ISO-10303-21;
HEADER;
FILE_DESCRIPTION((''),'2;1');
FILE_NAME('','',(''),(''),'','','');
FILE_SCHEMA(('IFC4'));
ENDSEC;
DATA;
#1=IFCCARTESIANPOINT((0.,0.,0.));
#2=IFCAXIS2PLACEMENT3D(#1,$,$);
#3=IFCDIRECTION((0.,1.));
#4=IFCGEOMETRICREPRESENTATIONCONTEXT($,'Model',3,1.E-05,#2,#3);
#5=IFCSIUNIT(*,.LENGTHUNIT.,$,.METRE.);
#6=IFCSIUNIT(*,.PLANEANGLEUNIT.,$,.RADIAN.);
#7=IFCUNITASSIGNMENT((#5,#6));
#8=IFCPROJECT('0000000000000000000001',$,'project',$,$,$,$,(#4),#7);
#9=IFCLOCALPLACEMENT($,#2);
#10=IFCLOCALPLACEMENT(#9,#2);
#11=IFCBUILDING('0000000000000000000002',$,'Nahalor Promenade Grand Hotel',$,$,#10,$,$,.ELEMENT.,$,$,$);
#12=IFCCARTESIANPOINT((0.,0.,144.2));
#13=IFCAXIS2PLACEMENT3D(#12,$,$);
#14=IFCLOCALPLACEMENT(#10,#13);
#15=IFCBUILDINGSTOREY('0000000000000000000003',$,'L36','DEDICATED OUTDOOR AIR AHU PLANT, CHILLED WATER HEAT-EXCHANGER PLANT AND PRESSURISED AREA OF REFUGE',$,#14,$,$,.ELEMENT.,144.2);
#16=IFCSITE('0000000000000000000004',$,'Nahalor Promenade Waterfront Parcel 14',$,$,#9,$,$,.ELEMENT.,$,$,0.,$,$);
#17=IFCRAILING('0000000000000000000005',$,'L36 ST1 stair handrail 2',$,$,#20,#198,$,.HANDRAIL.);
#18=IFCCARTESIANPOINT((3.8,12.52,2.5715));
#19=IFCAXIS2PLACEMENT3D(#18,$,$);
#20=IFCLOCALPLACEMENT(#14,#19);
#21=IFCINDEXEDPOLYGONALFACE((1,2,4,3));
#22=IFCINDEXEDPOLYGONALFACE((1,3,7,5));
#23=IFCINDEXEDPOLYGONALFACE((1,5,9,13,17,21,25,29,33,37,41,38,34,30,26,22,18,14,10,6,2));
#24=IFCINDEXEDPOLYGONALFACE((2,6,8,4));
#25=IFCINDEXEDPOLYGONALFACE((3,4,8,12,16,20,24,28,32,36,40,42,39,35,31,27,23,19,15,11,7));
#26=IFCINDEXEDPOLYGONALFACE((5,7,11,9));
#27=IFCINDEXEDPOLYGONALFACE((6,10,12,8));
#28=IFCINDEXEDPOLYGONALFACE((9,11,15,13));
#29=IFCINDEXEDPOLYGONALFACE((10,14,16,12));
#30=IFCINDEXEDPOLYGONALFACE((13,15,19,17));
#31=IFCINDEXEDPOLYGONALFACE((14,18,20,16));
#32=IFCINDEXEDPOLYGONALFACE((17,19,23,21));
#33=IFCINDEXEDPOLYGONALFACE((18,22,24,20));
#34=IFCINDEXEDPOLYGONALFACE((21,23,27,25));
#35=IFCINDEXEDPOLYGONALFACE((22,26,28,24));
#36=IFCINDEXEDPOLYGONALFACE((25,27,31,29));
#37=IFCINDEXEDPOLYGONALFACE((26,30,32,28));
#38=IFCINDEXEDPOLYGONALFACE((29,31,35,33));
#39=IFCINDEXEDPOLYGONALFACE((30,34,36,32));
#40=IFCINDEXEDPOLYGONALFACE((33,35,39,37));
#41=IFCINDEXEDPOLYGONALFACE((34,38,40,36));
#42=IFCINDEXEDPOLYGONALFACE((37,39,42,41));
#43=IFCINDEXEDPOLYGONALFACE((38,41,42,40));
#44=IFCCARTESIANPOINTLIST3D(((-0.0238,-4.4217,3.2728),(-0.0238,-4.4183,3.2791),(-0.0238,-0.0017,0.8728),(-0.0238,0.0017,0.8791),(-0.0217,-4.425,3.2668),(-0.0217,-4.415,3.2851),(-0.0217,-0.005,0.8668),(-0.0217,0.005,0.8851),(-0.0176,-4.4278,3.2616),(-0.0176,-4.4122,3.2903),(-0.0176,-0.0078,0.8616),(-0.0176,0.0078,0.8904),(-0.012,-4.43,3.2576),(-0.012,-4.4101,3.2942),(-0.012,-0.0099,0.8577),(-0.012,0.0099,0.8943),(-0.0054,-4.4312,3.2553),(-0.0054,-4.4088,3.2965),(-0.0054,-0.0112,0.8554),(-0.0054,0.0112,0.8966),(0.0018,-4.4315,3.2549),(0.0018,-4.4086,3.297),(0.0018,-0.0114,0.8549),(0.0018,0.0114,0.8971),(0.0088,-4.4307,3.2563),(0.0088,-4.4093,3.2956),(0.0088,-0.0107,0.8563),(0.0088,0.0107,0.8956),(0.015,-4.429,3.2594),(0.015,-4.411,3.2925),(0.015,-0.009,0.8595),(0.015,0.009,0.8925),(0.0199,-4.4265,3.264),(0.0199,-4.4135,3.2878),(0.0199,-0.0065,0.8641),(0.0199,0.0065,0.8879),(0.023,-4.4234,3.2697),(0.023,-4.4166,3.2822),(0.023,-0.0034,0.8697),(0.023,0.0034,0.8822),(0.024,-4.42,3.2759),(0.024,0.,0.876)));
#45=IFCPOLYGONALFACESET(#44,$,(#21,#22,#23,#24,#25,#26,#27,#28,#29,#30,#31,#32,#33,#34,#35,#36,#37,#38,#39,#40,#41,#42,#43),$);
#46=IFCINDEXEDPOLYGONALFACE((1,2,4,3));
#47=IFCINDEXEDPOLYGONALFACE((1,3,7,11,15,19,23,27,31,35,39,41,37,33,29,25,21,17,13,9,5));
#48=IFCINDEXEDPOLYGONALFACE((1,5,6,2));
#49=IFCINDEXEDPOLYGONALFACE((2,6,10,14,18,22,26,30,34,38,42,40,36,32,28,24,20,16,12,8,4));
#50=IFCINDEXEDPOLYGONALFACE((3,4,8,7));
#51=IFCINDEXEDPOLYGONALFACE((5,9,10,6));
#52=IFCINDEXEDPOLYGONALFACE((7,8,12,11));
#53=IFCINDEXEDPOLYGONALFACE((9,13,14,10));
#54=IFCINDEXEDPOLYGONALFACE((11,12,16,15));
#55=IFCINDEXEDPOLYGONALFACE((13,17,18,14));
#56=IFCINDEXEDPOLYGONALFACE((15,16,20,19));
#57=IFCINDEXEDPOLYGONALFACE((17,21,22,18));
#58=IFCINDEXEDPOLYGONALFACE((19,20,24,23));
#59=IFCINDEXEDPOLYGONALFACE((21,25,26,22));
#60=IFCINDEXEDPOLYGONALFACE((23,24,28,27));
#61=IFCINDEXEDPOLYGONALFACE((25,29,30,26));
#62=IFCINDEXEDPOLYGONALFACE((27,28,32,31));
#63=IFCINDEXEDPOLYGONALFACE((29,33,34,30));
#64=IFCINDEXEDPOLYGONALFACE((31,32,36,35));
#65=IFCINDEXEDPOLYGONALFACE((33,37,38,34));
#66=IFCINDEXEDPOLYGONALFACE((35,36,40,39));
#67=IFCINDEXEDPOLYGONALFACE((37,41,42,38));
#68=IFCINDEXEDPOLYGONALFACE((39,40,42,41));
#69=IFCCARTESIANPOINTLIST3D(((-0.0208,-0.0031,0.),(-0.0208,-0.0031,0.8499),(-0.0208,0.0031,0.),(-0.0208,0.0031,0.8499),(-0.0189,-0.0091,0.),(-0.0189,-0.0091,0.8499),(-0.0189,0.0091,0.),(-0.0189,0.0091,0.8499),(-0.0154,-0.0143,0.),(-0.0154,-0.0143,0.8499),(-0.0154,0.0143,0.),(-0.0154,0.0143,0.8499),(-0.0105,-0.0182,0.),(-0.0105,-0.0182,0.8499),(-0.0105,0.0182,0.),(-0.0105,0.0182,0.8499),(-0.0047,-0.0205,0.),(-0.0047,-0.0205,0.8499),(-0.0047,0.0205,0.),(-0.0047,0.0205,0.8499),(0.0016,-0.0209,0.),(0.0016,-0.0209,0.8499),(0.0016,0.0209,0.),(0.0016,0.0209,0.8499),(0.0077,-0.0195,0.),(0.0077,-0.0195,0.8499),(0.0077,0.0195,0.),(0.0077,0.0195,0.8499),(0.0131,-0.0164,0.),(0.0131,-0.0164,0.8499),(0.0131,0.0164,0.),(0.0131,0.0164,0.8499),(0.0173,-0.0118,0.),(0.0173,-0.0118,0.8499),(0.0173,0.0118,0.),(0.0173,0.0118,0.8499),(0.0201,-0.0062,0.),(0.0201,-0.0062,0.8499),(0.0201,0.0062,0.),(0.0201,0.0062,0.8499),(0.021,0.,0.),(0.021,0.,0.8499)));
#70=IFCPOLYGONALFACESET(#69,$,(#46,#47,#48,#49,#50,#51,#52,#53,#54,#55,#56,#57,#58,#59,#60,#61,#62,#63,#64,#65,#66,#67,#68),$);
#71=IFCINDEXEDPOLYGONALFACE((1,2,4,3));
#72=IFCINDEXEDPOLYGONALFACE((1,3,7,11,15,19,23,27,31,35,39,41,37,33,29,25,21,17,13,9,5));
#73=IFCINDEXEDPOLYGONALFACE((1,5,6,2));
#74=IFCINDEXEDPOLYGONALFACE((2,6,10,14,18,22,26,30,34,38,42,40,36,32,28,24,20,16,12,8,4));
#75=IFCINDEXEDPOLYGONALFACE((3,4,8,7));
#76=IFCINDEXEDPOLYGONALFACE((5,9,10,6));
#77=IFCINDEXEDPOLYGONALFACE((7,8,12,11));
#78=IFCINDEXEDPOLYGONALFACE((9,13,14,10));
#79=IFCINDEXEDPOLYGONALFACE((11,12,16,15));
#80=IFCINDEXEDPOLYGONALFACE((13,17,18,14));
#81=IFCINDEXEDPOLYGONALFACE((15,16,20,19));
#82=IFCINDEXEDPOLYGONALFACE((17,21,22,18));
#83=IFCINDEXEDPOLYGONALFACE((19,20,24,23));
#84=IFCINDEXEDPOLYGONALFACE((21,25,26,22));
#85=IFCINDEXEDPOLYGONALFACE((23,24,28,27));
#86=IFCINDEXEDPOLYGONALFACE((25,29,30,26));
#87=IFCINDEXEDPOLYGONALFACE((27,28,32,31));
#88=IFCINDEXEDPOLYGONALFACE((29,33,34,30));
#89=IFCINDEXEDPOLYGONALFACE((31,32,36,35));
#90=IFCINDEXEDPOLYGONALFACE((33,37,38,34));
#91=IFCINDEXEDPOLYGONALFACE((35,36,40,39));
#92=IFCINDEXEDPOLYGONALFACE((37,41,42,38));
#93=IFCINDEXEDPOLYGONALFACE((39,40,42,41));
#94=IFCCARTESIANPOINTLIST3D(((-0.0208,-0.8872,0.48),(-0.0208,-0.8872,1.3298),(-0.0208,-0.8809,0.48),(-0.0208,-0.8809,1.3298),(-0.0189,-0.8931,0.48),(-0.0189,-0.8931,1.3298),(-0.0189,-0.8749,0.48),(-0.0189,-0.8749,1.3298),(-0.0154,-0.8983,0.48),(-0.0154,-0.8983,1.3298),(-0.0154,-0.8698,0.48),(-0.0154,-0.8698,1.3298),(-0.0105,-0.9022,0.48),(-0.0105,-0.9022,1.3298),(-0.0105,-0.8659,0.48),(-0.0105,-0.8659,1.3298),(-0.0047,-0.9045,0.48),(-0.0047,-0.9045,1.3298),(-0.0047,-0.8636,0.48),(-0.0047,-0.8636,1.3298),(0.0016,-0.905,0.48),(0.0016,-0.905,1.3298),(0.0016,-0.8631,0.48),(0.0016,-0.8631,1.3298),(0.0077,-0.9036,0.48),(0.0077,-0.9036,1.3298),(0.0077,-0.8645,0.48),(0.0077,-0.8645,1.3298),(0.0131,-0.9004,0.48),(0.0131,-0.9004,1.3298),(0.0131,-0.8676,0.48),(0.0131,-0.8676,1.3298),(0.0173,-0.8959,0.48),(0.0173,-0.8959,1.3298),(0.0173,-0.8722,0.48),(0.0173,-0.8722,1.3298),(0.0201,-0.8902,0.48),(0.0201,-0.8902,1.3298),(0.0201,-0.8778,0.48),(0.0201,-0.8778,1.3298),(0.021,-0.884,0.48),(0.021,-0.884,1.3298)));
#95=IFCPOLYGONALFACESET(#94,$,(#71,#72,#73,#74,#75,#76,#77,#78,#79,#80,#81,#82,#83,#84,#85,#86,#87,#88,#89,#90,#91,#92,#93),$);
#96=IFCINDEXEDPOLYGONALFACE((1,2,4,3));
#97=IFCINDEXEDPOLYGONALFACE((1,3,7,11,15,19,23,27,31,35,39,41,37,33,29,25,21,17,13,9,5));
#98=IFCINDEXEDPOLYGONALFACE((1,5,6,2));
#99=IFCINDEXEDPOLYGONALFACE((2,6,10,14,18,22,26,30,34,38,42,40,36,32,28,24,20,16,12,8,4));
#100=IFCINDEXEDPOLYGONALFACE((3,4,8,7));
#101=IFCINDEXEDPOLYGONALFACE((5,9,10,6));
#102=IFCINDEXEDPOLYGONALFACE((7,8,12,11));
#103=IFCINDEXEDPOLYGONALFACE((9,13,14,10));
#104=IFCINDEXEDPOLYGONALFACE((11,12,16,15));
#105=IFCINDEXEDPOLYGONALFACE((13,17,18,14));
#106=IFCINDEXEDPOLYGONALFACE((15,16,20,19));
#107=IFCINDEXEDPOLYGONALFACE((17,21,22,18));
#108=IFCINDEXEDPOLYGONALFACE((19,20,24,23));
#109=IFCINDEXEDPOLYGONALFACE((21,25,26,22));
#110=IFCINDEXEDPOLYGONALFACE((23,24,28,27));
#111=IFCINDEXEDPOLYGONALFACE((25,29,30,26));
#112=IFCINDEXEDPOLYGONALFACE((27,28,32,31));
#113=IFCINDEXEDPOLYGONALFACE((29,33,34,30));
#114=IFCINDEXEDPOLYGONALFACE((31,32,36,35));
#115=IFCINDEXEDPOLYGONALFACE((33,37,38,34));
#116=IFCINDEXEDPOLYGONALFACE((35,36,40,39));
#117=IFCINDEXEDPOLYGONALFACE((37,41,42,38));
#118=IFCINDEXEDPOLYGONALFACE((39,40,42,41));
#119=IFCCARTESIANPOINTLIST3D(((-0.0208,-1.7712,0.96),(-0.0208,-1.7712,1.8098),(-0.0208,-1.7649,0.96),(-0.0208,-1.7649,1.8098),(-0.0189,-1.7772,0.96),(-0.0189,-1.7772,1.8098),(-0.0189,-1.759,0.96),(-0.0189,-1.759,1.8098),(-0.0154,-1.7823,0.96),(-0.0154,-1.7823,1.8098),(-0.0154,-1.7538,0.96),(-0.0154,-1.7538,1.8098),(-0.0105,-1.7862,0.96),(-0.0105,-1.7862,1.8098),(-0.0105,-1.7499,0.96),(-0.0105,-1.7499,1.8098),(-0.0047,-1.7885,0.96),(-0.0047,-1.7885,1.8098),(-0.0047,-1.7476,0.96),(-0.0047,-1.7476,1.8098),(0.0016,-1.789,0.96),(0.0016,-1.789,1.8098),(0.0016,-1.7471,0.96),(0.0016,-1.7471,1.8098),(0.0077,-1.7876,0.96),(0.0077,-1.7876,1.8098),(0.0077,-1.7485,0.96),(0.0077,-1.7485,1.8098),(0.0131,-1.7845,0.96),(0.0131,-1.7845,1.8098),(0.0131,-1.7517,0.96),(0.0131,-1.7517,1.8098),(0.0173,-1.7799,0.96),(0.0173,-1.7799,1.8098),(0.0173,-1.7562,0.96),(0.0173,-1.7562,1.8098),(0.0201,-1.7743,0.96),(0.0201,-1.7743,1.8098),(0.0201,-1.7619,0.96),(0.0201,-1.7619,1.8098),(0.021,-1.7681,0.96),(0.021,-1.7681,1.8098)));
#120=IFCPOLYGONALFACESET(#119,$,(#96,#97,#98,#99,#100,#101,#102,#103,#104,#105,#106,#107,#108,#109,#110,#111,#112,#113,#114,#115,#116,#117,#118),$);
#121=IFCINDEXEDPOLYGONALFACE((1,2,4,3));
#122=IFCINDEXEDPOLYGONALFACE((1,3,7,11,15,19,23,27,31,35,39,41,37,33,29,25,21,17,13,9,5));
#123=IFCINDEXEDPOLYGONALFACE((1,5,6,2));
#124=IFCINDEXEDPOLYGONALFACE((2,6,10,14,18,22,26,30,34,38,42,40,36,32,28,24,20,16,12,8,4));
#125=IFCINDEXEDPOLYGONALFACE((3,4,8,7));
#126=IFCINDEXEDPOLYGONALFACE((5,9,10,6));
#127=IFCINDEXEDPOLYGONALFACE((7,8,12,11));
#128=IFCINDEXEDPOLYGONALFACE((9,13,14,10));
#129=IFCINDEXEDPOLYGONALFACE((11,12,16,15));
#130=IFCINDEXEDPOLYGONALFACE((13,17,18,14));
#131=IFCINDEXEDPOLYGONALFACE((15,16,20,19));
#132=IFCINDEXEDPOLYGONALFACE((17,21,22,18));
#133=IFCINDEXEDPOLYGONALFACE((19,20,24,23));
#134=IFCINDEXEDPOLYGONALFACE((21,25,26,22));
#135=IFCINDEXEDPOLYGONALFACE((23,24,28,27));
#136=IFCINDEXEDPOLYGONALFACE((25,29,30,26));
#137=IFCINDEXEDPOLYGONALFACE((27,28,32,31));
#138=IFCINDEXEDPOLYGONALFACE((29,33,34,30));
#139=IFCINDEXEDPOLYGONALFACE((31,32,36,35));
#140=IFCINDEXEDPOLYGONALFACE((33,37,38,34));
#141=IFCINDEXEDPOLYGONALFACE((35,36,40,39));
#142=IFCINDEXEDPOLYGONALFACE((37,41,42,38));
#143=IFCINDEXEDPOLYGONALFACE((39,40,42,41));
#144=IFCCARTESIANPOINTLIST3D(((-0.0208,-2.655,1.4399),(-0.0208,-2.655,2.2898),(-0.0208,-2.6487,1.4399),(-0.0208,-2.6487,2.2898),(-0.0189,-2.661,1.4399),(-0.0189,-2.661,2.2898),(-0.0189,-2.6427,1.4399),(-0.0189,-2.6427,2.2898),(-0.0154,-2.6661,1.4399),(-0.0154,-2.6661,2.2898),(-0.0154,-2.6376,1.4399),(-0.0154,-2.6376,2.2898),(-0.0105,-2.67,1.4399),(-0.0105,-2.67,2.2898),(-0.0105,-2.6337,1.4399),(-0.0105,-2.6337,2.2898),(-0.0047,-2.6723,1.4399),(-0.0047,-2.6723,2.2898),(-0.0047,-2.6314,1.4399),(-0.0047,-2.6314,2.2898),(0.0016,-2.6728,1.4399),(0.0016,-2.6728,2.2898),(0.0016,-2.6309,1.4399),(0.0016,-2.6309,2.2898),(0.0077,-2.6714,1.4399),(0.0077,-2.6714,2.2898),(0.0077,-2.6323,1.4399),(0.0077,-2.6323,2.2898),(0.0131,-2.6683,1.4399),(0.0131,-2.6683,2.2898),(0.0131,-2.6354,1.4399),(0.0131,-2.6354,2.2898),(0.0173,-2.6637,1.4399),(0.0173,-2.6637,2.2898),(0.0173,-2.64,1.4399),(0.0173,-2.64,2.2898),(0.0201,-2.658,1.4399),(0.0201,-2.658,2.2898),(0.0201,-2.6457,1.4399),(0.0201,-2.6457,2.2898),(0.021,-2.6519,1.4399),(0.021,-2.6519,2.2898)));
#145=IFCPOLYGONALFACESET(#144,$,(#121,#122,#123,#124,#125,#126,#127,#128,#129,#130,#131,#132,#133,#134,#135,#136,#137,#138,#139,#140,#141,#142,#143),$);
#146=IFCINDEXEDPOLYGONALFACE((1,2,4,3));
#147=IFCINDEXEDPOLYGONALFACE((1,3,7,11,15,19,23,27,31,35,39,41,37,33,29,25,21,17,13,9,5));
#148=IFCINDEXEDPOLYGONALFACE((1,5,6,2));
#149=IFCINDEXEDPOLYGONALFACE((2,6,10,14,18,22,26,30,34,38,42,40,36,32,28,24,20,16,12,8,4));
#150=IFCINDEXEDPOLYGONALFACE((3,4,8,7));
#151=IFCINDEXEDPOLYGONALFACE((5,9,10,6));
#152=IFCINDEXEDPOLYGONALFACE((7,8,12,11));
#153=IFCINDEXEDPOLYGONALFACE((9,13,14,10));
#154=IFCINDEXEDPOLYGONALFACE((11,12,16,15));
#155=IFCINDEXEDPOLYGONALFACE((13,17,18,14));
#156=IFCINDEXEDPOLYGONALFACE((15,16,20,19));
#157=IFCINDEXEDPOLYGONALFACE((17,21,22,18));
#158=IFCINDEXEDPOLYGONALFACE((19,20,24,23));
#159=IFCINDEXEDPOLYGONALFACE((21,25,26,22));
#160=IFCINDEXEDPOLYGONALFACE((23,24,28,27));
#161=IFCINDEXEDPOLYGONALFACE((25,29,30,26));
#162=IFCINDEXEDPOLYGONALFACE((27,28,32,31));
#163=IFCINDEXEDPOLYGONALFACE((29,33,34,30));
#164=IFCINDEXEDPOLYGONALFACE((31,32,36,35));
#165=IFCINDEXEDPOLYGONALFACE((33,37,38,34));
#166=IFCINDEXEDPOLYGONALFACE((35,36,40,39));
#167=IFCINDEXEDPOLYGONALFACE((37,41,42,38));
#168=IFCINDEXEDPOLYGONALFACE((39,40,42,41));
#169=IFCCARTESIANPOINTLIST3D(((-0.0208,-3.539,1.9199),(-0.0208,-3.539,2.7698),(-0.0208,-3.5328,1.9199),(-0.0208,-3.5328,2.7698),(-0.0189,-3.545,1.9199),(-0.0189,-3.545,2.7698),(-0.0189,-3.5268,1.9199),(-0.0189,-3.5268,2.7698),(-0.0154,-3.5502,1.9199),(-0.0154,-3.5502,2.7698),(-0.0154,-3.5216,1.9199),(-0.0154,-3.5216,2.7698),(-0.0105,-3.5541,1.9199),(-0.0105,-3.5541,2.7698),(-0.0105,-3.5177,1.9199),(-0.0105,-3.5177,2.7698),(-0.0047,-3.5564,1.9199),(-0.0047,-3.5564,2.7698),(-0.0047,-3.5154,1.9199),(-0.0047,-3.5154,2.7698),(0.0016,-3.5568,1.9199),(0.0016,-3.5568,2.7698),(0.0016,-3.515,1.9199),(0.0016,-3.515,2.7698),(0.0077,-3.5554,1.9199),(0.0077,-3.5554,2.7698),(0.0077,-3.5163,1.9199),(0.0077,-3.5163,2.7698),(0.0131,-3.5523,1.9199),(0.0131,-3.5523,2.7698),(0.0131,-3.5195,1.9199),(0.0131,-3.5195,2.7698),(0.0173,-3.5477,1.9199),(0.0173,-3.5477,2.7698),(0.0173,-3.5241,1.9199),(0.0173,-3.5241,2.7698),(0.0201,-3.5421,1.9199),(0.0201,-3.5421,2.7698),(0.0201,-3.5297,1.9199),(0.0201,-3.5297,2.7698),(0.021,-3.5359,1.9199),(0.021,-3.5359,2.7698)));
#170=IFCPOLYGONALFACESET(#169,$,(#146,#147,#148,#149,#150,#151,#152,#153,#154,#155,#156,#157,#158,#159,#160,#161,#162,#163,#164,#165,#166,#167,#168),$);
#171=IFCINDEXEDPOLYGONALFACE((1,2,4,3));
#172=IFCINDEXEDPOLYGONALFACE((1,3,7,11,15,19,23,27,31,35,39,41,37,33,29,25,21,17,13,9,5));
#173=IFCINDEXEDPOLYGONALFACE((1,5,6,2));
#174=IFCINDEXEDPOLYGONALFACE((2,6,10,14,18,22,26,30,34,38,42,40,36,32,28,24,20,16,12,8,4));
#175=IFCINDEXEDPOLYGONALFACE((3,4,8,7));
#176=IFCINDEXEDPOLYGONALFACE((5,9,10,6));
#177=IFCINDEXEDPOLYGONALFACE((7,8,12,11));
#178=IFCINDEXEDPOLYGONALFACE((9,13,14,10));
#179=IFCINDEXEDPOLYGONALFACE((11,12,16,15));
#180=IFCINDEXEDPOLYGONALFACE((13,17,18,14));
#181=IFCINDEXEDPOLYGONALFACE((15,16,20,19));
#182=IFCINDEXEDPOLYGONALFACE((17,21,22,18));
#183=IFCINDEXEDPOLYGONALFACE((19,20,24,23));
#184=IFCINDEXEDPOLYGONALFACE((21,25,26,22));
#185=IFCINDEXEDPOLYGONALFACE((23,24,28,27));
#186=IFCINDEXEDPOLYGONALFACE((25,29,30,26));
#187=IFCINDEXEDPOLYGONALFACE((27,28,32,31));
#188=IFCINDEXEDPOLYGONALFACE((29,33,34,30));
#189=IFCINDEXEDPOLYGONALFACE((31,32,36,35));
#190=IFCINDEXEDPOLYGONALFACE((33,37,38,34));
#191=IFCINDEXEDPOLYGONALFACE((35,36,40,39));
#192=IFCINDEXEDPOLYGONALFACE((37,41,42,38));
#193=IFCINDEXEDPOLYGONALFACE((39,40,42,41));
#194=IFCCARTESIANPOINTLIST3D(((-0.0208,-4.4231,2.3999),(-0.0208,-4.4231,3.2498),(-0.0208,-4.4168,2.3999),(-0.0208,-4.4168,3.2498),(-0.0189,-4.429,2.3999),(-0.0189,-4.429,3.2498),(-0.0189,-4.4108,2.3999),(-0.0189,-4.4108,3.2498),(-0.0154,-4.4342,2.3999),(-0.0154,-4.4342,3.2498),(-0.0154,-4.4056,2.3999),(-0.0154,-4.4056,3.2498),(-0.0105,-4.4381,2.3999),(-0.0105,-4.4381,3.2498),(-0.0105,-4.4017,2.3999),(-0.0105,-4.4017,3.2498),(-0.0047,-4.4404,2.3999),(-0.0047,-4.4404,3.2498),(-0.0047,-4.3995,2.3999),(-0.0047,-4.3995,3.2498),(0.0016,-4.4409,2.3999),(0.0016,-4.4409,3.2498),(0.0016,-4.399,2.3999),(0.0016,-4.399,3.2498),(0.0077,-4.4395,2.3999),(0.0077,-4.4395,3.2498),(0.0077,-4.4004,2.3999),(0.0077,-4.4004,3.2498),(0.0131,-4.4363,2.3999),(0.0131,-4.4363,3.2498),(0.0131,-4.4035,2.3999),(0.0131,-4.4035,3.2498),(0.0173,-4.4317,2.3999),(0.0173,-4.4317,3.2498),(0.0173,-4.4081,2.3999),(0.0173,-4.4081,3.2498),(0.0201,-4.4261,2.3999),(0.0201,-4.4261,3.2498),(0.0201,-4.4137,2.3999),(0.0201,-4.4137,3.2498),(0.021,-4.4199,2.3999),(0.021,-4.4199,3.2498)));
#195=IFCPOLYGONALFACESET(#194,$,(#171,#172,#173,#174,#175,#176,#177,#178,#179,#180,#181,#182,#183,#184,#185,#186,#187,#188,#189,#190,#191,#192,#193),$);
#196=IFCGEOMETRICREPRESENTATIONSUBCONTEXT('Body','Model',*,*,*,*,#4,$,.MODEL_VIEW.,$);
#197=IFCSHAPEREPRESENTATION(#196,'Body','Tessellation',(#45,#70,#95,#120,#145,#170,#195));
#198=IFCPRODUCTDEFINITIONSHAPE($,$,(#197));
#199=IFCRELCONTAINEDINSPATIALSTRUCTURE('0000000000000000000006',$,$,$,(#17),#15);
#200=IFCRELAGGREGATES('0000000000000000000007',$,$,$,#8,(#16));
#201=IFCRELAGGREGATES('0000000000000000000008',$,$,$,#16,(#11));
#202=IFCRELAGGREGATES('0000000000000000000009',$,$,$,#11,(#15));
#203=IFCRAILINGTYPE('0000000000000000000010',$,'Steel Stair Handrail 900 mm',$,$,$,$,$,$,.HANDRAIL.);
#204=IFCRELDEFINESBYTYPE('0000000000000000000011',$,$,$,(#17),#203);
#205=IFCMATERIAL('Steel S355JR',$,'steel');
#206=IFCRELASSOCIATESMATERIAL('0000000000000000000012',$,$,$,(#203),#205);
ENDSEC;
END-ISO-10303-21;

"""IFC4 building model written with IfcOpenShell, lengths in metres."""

from ifc_helpers import new_model, si_unit, direction, frame, origin, origin_2d, place, context, subcontext, project, spatial, circle, extrude, material, type_object, element, save


model = new_model("IFC4")

# Units and contexts
model_context = context("Model", 3, precision=1e-05, world=origin(), true_north=direction((0.0, 1.0)))
body_context = subcontext(model_context, "Body", "Model", "MODEL_VIEW")
ifc_project = project(units=[si_unit("LENGTHUNIT", "METRE"), si_unit("PLANEANGLEUNIT", "RADIAN")], contexts=[model_context])

# Site, building, storey
site_placement = place(None, origin())
site = spatial("IfcSite", under=ifc_project, at=site_placement, Name="Nahalor Promenade Waterfront Parcel 14", CompositionType="ELEMENT", RefElevation=0.0)
building_placement = place(site_placement, origin())
building = spatial("IfcBuilding", under=site, at=building_placement, Name="Nahalor Promenade Grand Hotel", CompositionType="ELEMENT")
storey_placement = place(building_placement, frame((0.0, 0.0, 144.2)))
storey = spatial("IfcBuildingStorey", under=building, at=storey_placement, Name="L36", Description="DEDICATED OUTDOOR AIR AHU PLANT, CHILLED WATER HEAT-EXCHANGER PLANT AND PRESSURISED AREA OF REFUGE", CompositionType="ELEMENT", Elevation=144.2)

# Shared definitions
ifc_material_1 = material(Name="Steel S355JR", Category="steel")

# Railing
railing_type_1 = type_object("IfcRailingType", Name="Steel Stair Handrail 900 mm", PredefinedType="HANDRAIL", material=ifc_material_1)
railing_1_placement = place(storey_placement, frame((3.8, 12.52, 2.5715)))
element("IfcRailing", 1, at=railing_1_placement, inside=storey, type_object=railing_type_1, Name="L36 ST1 stair handrail 2", PredefinedType="HANDRAIL", context=body_context, shape_type="SweptSolid", body=[
    extrude(circle(Radius=0.024, at=origin_2d()), frame((0.0, 0.0, 0.876), z_axis=(0.0, -0.87881, 0.477171), x_axis=(1.0, 0.0, 0.0)), (0.0, 0.0, 1.0), 5.0295),
    extrude(circle(Radius=0.021, at=origin_2d()), origin(), (0.0, 0.0, 1.0), 0.8499),
    extrude(circle(Radius=0.021, at=origin_2d()), frame((0.0, -0.884, 0.48)), (0.0, 0.0, 1.0), 0.8499),
    extrude(circle(Radius=0.021, at=origin_2d()), frame((0.0, -1.7681, 0.96)), (0.0, 0.0, 1.0), 0.8499),
    extrude(circle(Radius=0.021, at=origin_2d()), frame((0.0, -2.6519, 1.4399)), (0.0, 0.0, 1.0), 0.8499),
    extrude(circle(Radius=0.021, at=origin_2d()), frame((0.0, -3.5359, 1.9199)), (0.0, 0.0, 1.0), 0.8499),
    extrude(circle(Radius=0.021, at=origin_2d()), frame((0.0, -4.4199, 2.3999)), (0.0, 0.0, 1.0), 0.8499),
])

save(model, "model.ifc")
